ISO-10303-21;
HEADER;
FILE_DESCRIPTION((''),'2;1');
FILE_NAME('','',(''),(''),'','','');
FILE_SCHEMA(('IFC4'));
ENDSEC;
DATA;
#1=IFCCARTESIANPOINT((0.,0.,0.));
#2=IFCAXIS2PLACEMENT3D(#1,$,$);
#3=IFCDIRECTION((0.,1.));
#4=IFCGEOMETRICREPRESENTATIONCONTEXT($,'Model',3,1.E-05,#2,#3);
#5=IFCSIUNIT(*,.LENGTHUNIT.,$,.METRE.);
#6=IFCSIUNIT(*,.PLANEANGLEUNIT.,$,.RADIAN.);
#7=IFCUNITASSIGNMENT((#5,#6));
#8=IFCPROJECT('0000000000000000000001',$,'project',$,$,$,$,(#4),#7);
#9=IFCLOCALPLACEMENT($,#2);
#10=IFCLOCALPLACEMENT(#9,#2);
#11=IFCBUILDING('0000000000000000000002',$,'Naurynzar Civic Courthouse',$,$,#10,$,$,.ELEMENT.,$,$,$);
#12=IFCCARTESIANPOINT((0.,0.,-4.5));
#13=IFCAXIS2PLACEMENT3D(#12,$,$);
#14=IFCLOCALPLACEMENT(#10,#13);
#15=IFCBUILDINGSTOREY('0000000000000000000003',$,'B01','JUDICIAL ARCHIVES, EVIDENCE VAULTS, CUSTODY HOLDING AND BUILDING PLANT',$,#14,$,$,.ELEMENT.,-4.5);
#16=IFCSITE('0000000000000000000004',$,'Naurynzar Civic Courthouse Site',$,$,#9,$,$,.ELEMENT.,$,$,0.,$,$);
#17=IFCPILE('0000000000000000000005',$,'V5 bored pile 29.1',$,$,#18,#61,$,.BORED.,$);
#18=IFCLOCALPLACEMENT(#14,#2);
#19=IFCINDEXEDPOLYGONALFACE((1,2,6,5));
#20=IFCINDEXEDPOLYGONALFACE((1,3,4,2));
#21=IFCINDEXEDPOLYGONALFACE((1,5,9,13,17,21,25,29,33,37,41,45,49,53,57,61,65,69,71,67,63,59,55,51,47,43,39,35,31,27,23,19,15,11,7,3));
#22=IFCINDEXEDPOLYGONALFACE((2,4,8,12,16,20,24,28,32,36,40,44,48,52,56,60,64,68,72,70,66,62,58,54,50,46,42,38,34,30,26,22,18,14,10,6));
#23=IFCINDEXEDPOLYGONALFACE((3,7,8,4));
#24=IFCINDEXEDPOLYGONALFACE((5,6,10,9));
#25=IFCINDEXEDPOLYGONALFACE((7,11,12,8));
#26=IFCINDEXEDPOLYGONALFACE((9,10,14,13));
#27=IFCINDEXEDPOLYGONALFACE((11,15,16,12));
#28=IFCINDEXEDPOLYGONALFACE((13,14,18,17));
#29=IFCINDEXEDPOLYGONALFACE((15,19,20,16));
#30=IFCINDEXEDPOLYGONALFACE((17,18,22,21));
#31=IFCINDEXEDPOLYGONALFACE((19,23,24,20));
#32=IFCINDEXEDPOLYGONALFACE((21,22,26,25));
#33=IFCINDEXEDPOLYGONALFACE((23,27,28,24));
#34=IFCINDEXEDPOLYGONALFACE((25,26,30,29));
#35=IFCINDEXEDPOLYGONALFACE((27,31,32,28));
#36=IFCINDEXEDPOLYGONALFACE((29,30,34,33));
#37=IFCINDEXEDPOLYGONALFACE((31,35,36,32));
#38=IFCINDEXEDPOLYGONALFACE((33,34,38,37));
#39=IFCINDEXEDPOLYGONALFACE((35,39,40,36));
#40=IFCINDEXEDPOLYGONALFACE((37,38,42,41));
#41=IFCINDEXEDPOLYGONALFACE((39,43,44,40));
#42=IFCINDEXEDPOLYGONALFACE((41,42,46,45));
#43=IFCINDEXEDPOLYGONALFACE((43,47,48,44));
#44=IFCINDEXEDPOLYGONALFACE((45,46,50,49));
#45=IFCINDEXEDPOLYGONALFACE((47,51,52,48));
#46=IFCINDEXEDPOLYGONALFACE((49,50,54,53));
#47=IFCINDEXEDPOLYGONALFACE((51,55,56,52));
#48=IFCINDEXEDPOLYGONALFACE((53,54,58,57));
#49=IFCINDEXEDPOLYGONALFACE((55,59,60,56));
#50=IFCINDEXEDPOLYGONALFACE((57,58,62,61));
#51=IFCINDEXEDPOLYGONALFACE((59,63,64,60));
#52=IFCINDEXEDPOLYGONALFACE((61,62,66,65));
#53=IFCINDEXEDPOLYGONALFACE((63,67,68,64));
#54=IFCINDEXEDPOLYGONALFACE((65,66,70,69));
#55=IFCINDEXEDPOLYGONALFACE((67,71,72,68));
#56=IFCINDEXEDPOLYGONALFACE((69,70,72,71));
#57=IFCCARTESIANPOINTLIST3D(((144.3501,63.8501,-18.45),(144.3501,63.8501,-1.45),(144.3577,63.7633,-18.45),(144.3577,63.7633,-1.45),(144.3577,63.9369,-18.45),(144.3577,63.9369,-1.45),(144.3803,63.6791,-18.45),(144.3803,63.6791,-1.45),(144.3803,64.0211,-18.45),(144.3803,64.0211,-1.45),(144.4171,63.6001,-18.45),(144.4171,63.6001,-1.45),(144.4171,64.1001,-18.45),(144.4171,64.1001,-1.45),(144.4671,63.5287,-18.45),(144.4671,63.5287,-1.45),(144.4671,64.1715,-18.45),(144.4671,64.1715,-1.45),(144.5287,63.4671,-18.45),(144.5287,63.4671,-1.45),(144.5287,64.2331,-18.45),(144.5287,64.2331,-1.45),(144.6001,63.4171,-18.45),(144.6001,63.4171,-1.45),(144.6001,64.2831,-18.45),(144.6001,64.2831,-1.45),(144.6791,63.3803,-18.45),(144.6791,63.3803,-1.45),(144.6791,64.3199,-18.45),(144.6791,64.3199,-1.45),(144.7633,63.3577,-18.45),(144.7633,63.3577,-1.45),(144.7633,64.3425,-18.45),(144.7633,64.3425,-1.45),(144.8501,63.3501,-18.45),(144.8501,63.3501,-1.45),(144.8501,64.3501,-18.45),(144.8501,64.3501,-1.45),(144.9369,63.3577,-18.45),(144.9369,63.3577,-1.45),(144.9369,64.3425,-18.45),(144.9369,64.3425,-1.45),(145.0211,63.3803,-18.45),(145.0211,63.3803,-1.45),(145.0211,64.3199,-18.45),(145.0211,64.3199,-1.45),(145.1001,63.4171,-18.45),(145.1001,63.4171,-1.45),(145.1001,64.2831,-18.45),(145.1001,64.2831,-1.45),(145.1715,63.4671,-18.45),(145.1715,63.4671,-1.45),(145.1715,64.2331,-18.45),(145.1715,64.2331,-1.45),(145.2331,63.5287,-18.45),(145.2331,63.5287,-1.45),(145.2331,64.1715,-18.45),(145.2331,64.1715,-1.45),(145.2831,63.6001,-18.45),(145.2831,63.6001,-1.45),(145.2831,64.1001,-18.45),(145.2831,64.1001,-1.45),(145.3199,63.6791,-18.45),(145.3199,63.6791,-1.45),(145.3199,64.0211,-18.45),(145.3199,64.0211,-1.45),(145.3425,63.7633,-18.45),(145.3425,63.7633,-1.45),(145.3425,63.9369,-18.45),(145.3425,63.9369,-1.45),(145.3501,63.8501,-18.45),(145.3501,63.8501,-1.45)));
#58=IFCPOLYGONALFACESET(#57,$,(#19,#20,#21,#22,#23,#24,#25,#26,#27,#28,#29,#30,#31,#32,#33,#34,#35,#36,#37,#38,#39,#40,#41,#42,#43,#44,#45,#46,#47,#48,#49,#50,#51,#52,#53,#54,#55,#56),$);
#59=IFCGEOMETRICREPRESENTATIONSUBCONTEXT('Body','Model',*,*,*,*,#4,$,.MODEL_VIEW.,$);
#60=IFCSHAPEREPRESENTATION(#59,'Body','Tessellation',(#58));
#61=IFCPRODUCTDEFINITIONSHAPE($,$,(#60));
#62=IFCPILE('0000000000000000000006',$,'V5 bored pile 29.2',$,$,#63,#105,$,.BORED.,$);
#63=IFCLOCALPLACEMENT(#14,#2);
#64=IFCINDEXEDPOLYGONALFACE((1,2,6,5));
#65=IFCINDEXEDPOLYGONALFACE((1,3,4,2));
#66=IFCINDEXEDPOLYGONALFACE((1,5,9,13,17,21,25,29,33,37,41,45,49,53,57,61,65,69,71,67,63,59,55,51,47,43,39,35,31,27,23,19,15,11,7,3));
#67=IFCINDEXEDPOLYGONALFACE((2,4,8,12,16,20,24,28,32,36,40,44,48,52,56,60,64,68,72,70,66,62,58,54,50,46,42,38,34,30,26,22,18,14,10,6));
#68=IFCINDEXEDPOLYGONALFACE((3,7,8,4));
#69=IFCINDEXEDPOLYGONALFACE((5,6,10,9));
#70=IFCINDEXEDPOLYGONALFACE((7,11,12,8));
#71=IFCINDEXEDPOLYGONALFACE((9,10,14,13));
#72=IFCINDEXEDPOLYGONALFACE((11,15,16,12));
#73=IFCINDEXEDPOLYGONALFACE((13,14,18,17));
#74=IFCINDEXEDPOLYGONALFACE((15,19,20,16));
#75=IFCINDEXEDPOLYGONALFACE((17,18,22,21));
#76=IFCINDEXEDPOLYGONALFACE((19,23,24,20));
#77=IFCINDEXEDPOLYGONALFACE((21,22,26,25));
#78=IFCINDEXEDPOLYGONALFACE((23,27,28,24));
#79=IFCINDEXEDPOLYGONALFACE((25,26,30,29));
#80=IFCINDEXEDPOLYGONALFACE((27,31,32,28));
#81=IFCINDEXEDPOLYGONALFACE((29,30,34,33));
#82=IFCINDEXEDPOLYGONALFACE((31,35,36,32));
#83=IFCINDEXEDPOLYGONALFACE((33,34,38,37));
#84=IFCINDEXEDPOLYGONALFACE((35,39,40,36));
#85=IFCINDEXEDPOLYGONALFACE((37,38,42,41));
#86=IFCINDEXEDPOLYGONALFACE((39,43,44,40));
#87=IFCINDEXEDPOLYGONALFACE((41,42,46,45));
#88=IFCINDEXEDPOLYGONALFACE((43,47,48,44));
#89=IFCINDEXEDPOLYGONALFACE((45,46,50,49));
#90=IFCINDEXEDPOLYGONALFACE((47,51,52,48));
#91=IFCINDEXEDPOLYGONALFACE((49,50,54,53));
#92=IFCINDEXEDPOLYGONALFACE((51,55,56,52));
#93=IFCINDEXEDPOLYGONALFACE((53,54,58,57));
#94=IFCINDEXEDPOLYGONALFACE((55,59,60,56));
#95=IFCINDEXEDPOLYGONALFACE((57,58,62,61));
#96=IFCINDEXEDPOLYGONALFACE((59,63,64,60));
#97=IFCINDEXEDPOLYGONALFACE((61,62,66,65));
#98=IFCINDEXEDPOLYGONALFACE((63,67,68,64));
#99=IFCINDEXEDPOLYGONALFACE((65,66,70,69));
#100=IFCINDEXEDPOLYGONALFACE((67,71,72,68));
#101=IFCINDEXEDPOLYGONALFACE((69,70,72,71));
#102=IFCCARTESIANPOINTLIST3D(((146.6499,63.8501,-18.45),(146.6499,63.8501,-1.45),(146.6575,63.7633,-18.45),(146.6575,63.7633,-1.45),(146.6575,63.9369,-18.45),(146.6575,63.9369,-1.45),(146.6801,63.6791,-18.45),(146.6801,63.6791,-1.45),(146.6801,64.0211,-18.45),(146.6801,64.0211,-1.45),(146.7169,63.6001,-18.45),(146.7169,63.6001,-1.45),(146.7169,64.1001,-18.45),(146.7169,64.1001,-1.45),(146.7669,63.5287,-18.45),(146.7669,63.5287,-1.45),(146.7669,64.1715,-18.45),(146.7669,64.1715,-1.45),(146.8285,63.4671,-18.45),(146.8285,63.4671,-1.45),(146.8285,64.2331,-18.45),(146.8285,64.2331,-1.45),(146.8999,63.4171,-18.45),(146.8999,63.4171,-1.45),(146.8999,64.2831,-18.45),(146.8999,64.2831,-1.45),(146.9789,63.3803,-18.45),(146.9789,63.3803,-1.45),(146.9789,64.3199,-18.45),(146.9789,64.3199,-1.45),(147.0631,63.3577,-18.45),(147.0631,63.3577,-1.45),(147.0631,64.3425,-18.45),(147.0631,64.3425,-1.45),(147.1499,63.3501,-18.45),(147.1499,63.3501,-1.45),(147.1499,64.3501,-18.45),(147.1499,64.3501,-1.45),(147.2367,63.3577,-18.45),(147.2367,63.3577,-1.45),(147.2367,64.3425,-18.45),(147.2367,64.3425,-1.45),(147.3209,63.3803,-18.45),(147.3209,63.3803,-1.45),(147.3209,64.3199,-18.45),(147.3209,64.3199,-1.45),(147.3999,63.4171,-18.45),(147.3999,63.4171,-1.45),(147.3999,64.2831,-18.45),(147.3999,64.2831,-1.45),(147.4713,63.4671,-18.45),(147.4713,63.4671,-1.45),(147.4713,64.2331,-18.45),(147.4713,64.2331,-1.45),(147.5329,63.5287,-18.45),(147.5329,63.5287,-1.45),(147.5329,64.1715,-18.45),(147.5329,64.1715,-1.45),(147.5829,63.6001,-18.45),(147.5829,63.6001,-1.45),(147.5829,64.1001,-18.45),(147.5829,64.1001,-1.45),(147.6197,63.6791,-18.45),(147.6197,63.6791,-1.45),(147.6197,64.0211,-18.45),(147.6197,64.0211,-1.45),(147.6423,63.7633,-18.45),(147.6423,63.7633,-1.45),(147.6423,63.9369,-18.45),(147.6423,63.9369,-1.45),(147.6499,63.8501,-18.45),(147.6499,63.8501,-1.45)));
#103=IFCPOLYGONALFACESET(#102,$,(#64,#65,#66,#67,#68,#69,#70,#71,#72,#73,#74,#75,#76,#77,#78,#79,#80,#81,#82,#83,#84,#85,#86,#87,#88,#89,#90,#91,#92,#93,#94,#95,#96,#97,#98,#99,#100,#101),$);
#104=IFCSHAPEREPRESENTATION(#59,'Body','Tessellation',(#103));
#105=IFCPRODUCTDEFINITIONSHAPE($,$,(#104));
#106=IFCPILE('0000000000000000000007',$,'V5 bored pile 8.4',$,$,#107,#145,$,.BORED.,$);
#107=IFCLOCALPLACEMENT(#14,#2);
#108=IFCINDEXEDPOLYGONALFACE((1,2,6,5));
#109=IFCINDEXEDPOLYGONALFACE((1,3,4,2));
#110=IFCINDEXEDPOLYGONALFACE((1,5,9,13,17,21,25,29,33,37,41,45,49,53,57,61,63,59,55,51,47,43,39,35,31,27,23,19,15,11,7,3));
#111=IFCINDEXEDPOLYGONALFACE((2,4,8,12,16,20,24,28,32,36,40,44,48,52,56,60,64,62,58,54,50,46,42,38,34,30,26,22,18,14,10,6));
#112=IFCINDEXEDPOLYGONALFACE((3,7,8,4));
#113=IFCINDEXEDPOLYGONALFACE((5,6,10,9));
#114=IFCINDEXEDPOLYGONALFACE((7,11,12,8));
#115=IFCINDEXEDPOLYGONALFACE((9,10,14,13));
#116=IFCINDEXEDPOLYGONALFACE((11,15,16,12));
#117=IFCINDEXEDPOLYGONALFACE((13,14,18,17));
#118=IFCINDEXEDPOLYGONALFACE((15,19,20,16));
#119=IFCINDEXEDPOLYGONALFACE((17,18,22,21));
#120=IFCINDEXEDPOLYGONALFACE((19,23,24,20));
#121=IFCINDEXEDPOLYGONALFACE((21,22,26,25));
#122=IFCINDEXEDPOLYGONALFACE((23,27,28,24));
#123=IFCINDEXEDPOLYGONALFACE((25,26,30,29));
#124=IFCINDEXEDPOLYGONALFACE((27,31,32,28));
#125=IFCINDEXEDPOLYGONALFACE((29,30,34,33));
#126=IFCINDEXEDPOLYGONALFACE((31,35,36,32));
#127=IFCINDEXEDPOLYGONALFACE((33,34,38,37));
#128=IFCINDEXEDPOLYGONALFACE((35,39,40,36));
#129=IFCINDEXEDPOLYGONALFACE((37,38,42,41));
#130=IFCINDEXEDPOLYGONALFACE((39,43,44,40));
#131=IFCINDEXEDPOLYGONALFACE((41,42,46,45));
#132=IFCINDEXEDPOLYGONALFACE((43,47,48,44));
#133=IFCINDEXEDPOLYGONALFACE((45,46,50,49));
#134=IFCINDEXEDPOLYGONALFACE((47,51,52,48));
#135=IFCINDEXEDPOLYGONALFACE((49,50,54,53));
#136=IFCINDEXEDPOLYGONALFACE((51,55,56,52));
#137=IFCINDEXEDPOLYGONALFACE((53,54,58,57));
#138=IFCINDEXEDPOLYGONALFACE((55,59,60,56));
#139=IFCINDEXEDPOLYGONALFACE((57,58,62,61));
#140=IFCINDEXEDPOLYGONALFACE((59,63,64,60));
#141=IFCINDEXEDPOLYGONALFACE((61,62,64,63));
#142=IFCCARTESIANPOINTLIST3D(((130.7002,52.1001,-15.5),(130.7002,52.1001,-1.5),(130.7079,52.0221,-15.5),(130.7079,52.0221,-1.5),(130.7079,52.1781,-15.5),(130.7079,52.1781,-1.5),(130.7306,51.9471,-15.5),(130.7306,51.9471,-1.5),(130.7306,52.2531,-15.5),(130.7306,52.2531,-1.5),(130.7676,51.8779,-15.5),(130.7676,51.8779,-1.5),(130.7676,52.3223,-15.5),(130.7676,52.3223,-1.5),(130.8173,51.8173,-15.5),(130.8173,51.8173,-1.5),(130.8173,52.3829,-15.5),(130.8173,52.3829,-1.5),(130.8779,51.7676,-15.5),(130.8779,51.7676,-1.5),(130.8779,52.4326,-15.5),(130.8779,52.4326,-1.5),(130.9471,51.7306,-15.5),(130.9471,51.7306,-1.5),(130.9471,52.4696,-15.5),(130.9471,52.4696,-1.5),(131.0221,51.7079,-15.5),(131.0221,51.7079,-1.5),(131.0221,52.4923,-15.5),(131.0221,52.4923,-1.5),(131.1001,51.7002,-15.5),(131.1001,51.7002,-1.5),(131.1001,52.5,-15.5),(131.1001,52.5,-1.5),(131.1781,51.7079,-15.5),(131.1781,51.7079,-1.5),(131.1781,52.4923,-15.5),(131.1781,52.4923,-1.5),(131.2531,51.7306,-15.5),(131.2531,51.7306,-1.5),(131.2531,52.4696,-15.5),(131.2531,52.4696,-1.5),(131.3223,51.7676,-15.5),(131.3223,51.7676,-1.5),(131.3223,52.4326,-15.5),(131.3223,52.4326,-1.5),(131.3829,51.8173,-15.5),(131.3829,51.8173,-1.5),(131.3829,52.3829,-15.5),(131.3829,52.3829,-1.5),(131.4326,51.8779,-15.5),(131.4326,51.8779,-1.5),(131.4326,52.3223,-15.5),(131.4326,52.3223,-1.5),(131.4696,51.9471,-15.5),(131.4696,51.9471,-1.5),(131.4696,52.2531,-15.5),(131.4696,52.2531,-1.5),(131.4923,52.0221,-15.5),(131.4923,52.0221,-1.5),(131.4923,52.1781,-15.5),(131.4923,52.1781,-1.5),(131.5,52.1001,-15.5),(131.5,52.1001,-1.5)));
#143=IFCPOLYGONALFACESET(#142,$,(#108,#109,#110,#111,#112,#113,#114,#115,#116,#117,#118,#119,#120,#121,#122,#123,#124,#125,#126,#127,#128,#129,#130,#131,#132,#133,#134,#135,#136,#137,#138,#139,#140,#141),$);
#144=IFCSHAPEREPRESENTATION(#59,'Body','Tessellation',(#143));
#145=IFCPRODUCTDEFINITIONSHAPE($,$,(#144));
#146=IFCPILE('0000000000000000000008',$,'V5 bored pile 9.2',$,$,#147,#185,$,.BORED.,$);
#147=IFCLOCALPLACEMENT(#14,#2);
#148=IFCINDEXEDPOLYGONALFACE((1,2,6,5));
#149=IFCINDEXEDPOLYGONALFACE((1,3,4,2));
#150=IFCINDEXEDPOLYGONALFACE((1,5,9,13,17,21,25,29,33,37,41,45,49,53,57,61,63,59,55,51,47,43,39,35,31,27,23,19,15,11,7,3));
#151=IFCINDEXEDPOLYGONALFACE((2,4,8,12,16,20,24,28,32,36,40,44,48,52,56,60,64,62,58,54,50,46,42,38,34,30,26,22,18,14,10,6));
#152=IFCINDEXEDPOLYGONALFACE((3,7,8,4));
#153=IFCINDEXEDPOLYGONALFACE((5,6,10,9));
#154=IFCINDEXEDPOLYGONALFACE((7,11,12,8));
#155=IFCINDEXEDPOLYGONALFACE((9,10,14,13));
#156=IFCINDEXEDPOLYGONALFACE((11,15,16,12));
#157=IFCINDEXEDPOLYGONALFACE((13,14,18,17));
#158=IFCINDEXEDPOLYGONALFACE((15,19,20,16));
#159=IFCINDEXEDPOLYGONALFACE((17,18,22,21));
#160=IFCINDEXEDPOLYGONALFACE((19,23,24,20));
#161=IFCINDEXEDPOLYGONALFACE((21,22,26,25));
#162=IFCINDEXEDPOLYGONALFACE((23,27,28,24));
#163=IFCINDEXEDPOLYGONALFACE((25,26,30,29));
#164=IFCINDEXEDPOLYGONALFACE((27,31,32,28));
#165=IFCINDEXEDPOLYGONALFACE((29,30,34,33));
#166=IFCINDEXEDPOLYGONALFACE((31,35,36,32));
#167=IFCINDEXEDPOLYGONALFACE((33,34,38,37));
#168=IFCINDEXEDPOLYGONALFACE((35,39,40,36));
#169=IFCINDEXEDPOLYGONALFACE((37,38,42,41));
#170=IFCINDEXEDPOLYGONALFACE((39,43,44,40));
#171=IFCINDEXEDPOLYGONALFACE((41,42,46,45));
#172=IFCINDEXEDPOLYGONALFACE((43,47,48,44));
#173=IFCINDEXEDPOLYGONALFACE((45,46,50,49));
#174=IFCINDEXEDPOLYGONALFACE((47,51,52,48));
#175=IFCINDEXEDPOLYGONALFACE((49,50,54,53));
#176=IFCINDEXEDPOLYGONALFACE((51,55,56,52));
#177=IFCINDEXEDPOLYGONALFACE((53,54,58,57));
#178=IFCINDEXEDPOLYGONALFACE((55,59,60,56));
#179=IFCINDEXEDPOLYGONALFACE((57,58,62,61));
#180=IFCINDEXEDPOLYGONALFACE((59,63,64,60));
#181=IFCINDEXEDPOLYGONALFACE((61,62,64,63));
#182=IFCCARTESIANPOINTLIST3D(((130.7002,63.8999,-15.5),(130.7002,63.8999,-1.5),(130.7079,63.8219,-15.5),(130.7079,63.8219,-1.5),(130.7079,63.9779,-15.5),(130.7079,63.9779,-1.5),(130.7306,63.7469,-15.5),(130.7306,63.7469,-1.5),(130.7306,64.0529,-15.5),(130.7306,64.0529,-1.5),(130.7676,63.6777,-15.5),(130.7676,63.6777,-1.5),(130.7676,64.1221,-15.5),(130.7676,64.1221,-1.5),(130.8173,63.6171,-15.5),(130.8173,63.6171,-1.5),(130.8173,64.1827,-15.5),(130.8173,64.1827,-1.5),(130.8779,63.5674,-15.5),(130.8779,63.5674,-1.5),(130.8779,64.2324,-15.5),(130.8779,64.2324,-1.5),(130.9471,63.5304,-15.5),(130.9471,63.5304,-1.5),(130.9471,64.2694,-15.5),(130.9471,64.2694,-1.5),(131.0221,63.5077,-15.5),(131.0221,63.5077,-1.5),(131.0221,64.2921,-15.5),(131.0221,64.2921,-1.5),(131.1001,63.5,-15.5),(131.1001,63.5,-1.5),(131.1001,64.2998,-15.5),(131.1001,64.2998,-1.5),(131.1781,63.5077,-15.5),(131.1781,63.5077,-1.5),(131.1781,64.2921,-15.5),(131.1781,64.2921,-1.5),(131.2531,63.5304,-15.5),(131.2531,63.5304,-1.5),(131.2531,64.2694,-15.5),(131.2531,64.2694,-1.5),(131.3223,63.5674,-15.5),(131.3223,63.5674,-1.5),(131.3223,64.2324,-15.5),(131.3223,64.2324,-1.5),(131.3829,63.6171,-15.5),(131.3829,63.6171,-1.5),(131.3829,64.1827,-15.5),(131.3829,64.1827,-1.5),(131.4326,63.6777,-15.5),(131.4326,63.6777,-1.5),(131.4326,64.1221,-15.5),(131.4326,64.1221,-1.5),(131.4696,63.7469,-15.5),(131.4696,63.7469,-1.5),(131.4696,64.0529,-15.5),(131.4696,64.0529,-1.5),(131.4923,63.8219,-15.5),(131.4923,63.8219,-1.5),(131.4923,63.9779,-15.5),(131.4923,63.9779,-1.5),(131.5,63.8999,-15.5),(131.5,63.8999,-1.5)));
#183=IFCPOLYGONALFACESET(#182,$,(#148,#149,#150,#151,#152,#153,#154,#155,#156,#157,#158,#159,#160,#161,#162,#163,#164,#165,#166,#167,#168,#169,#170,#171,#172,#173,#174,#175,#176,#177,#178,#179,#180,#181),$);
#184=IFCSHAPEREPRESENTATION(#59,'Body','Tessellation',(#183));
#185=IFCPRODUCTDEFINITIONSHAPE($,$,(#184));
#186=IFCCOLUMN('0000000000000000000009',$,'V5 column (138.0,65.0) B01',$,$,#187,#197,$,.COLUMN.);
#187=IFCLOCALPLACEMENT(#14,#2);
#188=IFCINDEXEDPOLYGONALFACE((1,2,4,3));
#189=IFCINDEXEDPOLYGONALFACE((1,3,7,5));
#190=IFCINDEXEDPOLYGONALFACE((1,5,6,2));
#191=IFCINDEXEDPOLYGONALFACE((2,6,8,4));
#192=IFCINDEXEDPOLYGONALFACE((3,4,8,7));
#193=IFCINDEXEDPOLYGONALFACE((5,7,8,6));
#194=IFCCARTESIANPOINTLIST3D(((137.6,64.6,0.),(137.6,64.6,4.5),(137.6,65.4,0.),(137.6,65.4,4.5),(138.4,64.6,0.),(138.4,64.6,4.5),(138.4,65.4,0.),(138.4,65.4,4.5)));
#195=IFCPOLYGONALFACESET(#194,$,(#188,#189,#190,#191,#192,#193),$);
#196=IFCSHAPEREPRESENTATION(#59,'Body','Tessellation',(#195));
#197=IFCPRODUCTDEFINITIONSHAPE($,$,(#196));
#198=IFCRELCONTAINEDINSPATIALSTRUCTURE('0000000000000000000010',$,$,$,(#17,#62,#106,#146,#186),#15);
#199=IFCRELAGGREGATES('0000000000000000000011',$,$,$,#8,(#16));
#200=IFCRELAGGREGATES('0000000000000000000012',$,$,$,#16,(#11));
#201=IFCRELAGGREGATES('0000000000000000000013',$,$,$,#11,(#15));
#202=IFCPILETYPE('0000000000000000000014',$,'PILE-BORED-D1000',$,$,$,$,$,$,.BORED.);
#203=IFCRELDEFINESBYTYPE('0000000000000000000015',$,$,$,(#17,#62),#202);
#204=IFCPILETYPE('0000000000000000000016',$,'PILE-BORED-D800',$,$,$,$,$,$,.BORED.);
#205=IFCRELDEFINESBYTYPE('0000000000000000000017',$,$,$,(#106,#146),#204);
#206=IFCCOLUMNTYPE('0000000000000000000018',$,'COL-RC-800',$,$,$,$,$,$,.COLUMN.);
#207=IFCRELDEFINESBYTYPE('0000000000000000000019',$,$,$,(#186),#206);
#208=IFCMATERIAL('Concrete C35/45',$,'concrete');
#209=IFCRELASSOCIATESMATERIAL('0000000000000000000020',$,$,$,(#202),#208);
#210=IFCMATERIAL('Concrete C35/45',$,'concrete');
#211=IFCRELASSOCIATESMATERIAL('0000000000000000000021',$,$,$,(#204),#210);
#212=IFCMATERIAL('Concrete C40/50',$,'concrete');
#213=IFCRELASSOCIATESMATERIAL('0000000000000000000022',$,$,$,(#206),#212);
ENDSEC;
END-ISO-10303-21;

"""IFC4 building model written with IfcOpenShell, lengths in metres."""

from ifc_helpers import new_model, si_unit, direction, frame, origin, origin_2d, place, context, subcontext, project, spatial, rectangle, circle, extrude, material, material_profile, profile_set, type_object, element, save


model = new_model("IFC4")

# Units and contexts
model_context = context("Model", 3, precision=1e-05, world=origin(), true_north=direction((0.0, 1.0)))
body_context = subcontext(model_context, "Body", "Model", "MODEL_VIEW")
ifc_project = project(units=[si_unit("LENGTHUNIT", "METRE"), si_unit("PLANEANGLEUNIT", "RADIAN")], contexts=[model_context])

# Site, building, storey
site_placement = place(None, origin())
site = spatial("IfcSite", under=ifc_project, at=site_placement, Name="Naurynzar Civic Courthouse Site", CompositionType="ELEMENT", RefElevation=0.0)
building_placement = place(site_placement, origin())
building = spatial("IfcBuilding", under=site, at=building_placement, Name="Naurynzar Civic Courthouse", CompositionType="ELEMENT")
storey_placement = place(building_placement, frame((0.0, 0.0, -4.5)))
storey = spatial("IfcBuildingStorey", under=building, at=storey_placement, Name="B01", Description="JUDICIAL ARCHIVES, EVIDENCE VAULTS, CUSTODY HOLDING AND BUILDING PLANT", CompositionType="ELEMENT", Elevation=-4.5)

# Piles
ifc_material_1 = material(Name="Concrete C35/45", Category="concrete")
ifc_material_profile_1 = material_profile(ifc_material_1, circle(Radius=0.5, at=origin_2d()), Name="PILE D1000")
ifc_profile_set_1 = profile_set([ifc_material_profile_1], Name="Concrete C35/45")
pile_type_1 = type_object("IfcPileType", Name="PILE-BORED-D1000", PredefinedType="BORED", material=ifc_profile_set_1)
for number, where, z_axis, x_axis, name in (
    (1, (144.8501, 63.8501, -1.45), (0.0, 0.0, -1.0), (1.0, 0.0, 0.0), "V5 bored pile 29.1"),
    (2, (147.1499, 63.8501, -1.45), (0.0, 0.0, -1.0), (1.0, 0.0, 0.0), "V5 bored pile 29.2"),
):
    element("IfcPile", number, at=place(storey_placement, frame(where, z_axis=z_axis, x_axis=x_axis)), inside=storey, type_object=pile_type_1, Name=name, PredefinedType="BORED", context=body_context, shape_type="SweptSolid", body=[
        extrude(circle(Radius=0.5, at=origin_2d()), origin(), (0.0, 0.0, 1.0), 17.0),
    ])
ifc_material_2 = material(Name="Concrete C35/45", Category="concrete")
ifc_material_profile_2 = material_profile(ifc_material_2, circle(Radius=0.3999, at=origin_2d()), Name="PILE D800")
ifc_profile_set_2 = profile_set([ifc_material_profile_2], Name="Concrete C35/45")
pile_type_2 = type_object("IfcPileType", Name="PILE-BORED-D800", PredefinedType="BORED", material=ifc_profile_set_2)
for number, where, z_axis, x_axis, name in (
    (3, (131.1001, 52.1001, -1.5), (0.0, 0.0, -1.0), (1.0, 0.0, 0.0), "V5 bored pile 8.4"),
    (4, (131.1001, 63.8999, -1.5), (0.0, 0.0, -1.0), (1.0, 0.0, 0.0), "V5 bored pile 9.2"),
):
    element("IfcPile", number, at=place(storey_placement, frame(where, z_axis=z_axis, x_axis=x_axis)), inside=storey, type_object=pile_type_2, Name=name, PredefinedType="BORED", context=body_context, shape_type="SweptSolid", body=[
        extrude(circle(Radius=0.3999, at=origin_2d()), origin(), (0.0, 0.0, 1.0), 14.0),
    ])

# Column
ifc_material_3 = material(Name="Concrete C40/50", Category="concrete")
ifc_material_profile_3 = material_profile(ifc_material_3, rectangle(XDim=0.8, YDim=0.8, at=origin_2d()), Name="RC 800x800")
ifc_profile_set_3 = profile_set([ifc_material_profile_3], Name="Concrete C40/50")
column_type = type_object("IfcColumnType", Name="COL-RC-800", PredefinedType="COLUMN", material=ifc_profile_set_3)
for number, where, z_axis, x_axis, name in (
    (5, (138.0, 65.0, 0.0), (0.0, 0.0, 1.0), (1.0, 0.0, 0.0), "V5 column (138.0,65.0) B01"),
):
    element("IfcColumn", number, at=place(storey_placement, frame(where, z_axis=z_axis, x_axis=x_axis)), inside=storey, type_object=column_type, Name=name, PredefinedType="COLUMN", context=body_context, shape_type="SweptSolid", body=[
        extrude(rectangle(XDim=0.8, YDim=0.8, at=origin_2d()), origin(), (0.0, 0.0, 1.0), 4.5),
    ])

save(model, "model.ifc")
